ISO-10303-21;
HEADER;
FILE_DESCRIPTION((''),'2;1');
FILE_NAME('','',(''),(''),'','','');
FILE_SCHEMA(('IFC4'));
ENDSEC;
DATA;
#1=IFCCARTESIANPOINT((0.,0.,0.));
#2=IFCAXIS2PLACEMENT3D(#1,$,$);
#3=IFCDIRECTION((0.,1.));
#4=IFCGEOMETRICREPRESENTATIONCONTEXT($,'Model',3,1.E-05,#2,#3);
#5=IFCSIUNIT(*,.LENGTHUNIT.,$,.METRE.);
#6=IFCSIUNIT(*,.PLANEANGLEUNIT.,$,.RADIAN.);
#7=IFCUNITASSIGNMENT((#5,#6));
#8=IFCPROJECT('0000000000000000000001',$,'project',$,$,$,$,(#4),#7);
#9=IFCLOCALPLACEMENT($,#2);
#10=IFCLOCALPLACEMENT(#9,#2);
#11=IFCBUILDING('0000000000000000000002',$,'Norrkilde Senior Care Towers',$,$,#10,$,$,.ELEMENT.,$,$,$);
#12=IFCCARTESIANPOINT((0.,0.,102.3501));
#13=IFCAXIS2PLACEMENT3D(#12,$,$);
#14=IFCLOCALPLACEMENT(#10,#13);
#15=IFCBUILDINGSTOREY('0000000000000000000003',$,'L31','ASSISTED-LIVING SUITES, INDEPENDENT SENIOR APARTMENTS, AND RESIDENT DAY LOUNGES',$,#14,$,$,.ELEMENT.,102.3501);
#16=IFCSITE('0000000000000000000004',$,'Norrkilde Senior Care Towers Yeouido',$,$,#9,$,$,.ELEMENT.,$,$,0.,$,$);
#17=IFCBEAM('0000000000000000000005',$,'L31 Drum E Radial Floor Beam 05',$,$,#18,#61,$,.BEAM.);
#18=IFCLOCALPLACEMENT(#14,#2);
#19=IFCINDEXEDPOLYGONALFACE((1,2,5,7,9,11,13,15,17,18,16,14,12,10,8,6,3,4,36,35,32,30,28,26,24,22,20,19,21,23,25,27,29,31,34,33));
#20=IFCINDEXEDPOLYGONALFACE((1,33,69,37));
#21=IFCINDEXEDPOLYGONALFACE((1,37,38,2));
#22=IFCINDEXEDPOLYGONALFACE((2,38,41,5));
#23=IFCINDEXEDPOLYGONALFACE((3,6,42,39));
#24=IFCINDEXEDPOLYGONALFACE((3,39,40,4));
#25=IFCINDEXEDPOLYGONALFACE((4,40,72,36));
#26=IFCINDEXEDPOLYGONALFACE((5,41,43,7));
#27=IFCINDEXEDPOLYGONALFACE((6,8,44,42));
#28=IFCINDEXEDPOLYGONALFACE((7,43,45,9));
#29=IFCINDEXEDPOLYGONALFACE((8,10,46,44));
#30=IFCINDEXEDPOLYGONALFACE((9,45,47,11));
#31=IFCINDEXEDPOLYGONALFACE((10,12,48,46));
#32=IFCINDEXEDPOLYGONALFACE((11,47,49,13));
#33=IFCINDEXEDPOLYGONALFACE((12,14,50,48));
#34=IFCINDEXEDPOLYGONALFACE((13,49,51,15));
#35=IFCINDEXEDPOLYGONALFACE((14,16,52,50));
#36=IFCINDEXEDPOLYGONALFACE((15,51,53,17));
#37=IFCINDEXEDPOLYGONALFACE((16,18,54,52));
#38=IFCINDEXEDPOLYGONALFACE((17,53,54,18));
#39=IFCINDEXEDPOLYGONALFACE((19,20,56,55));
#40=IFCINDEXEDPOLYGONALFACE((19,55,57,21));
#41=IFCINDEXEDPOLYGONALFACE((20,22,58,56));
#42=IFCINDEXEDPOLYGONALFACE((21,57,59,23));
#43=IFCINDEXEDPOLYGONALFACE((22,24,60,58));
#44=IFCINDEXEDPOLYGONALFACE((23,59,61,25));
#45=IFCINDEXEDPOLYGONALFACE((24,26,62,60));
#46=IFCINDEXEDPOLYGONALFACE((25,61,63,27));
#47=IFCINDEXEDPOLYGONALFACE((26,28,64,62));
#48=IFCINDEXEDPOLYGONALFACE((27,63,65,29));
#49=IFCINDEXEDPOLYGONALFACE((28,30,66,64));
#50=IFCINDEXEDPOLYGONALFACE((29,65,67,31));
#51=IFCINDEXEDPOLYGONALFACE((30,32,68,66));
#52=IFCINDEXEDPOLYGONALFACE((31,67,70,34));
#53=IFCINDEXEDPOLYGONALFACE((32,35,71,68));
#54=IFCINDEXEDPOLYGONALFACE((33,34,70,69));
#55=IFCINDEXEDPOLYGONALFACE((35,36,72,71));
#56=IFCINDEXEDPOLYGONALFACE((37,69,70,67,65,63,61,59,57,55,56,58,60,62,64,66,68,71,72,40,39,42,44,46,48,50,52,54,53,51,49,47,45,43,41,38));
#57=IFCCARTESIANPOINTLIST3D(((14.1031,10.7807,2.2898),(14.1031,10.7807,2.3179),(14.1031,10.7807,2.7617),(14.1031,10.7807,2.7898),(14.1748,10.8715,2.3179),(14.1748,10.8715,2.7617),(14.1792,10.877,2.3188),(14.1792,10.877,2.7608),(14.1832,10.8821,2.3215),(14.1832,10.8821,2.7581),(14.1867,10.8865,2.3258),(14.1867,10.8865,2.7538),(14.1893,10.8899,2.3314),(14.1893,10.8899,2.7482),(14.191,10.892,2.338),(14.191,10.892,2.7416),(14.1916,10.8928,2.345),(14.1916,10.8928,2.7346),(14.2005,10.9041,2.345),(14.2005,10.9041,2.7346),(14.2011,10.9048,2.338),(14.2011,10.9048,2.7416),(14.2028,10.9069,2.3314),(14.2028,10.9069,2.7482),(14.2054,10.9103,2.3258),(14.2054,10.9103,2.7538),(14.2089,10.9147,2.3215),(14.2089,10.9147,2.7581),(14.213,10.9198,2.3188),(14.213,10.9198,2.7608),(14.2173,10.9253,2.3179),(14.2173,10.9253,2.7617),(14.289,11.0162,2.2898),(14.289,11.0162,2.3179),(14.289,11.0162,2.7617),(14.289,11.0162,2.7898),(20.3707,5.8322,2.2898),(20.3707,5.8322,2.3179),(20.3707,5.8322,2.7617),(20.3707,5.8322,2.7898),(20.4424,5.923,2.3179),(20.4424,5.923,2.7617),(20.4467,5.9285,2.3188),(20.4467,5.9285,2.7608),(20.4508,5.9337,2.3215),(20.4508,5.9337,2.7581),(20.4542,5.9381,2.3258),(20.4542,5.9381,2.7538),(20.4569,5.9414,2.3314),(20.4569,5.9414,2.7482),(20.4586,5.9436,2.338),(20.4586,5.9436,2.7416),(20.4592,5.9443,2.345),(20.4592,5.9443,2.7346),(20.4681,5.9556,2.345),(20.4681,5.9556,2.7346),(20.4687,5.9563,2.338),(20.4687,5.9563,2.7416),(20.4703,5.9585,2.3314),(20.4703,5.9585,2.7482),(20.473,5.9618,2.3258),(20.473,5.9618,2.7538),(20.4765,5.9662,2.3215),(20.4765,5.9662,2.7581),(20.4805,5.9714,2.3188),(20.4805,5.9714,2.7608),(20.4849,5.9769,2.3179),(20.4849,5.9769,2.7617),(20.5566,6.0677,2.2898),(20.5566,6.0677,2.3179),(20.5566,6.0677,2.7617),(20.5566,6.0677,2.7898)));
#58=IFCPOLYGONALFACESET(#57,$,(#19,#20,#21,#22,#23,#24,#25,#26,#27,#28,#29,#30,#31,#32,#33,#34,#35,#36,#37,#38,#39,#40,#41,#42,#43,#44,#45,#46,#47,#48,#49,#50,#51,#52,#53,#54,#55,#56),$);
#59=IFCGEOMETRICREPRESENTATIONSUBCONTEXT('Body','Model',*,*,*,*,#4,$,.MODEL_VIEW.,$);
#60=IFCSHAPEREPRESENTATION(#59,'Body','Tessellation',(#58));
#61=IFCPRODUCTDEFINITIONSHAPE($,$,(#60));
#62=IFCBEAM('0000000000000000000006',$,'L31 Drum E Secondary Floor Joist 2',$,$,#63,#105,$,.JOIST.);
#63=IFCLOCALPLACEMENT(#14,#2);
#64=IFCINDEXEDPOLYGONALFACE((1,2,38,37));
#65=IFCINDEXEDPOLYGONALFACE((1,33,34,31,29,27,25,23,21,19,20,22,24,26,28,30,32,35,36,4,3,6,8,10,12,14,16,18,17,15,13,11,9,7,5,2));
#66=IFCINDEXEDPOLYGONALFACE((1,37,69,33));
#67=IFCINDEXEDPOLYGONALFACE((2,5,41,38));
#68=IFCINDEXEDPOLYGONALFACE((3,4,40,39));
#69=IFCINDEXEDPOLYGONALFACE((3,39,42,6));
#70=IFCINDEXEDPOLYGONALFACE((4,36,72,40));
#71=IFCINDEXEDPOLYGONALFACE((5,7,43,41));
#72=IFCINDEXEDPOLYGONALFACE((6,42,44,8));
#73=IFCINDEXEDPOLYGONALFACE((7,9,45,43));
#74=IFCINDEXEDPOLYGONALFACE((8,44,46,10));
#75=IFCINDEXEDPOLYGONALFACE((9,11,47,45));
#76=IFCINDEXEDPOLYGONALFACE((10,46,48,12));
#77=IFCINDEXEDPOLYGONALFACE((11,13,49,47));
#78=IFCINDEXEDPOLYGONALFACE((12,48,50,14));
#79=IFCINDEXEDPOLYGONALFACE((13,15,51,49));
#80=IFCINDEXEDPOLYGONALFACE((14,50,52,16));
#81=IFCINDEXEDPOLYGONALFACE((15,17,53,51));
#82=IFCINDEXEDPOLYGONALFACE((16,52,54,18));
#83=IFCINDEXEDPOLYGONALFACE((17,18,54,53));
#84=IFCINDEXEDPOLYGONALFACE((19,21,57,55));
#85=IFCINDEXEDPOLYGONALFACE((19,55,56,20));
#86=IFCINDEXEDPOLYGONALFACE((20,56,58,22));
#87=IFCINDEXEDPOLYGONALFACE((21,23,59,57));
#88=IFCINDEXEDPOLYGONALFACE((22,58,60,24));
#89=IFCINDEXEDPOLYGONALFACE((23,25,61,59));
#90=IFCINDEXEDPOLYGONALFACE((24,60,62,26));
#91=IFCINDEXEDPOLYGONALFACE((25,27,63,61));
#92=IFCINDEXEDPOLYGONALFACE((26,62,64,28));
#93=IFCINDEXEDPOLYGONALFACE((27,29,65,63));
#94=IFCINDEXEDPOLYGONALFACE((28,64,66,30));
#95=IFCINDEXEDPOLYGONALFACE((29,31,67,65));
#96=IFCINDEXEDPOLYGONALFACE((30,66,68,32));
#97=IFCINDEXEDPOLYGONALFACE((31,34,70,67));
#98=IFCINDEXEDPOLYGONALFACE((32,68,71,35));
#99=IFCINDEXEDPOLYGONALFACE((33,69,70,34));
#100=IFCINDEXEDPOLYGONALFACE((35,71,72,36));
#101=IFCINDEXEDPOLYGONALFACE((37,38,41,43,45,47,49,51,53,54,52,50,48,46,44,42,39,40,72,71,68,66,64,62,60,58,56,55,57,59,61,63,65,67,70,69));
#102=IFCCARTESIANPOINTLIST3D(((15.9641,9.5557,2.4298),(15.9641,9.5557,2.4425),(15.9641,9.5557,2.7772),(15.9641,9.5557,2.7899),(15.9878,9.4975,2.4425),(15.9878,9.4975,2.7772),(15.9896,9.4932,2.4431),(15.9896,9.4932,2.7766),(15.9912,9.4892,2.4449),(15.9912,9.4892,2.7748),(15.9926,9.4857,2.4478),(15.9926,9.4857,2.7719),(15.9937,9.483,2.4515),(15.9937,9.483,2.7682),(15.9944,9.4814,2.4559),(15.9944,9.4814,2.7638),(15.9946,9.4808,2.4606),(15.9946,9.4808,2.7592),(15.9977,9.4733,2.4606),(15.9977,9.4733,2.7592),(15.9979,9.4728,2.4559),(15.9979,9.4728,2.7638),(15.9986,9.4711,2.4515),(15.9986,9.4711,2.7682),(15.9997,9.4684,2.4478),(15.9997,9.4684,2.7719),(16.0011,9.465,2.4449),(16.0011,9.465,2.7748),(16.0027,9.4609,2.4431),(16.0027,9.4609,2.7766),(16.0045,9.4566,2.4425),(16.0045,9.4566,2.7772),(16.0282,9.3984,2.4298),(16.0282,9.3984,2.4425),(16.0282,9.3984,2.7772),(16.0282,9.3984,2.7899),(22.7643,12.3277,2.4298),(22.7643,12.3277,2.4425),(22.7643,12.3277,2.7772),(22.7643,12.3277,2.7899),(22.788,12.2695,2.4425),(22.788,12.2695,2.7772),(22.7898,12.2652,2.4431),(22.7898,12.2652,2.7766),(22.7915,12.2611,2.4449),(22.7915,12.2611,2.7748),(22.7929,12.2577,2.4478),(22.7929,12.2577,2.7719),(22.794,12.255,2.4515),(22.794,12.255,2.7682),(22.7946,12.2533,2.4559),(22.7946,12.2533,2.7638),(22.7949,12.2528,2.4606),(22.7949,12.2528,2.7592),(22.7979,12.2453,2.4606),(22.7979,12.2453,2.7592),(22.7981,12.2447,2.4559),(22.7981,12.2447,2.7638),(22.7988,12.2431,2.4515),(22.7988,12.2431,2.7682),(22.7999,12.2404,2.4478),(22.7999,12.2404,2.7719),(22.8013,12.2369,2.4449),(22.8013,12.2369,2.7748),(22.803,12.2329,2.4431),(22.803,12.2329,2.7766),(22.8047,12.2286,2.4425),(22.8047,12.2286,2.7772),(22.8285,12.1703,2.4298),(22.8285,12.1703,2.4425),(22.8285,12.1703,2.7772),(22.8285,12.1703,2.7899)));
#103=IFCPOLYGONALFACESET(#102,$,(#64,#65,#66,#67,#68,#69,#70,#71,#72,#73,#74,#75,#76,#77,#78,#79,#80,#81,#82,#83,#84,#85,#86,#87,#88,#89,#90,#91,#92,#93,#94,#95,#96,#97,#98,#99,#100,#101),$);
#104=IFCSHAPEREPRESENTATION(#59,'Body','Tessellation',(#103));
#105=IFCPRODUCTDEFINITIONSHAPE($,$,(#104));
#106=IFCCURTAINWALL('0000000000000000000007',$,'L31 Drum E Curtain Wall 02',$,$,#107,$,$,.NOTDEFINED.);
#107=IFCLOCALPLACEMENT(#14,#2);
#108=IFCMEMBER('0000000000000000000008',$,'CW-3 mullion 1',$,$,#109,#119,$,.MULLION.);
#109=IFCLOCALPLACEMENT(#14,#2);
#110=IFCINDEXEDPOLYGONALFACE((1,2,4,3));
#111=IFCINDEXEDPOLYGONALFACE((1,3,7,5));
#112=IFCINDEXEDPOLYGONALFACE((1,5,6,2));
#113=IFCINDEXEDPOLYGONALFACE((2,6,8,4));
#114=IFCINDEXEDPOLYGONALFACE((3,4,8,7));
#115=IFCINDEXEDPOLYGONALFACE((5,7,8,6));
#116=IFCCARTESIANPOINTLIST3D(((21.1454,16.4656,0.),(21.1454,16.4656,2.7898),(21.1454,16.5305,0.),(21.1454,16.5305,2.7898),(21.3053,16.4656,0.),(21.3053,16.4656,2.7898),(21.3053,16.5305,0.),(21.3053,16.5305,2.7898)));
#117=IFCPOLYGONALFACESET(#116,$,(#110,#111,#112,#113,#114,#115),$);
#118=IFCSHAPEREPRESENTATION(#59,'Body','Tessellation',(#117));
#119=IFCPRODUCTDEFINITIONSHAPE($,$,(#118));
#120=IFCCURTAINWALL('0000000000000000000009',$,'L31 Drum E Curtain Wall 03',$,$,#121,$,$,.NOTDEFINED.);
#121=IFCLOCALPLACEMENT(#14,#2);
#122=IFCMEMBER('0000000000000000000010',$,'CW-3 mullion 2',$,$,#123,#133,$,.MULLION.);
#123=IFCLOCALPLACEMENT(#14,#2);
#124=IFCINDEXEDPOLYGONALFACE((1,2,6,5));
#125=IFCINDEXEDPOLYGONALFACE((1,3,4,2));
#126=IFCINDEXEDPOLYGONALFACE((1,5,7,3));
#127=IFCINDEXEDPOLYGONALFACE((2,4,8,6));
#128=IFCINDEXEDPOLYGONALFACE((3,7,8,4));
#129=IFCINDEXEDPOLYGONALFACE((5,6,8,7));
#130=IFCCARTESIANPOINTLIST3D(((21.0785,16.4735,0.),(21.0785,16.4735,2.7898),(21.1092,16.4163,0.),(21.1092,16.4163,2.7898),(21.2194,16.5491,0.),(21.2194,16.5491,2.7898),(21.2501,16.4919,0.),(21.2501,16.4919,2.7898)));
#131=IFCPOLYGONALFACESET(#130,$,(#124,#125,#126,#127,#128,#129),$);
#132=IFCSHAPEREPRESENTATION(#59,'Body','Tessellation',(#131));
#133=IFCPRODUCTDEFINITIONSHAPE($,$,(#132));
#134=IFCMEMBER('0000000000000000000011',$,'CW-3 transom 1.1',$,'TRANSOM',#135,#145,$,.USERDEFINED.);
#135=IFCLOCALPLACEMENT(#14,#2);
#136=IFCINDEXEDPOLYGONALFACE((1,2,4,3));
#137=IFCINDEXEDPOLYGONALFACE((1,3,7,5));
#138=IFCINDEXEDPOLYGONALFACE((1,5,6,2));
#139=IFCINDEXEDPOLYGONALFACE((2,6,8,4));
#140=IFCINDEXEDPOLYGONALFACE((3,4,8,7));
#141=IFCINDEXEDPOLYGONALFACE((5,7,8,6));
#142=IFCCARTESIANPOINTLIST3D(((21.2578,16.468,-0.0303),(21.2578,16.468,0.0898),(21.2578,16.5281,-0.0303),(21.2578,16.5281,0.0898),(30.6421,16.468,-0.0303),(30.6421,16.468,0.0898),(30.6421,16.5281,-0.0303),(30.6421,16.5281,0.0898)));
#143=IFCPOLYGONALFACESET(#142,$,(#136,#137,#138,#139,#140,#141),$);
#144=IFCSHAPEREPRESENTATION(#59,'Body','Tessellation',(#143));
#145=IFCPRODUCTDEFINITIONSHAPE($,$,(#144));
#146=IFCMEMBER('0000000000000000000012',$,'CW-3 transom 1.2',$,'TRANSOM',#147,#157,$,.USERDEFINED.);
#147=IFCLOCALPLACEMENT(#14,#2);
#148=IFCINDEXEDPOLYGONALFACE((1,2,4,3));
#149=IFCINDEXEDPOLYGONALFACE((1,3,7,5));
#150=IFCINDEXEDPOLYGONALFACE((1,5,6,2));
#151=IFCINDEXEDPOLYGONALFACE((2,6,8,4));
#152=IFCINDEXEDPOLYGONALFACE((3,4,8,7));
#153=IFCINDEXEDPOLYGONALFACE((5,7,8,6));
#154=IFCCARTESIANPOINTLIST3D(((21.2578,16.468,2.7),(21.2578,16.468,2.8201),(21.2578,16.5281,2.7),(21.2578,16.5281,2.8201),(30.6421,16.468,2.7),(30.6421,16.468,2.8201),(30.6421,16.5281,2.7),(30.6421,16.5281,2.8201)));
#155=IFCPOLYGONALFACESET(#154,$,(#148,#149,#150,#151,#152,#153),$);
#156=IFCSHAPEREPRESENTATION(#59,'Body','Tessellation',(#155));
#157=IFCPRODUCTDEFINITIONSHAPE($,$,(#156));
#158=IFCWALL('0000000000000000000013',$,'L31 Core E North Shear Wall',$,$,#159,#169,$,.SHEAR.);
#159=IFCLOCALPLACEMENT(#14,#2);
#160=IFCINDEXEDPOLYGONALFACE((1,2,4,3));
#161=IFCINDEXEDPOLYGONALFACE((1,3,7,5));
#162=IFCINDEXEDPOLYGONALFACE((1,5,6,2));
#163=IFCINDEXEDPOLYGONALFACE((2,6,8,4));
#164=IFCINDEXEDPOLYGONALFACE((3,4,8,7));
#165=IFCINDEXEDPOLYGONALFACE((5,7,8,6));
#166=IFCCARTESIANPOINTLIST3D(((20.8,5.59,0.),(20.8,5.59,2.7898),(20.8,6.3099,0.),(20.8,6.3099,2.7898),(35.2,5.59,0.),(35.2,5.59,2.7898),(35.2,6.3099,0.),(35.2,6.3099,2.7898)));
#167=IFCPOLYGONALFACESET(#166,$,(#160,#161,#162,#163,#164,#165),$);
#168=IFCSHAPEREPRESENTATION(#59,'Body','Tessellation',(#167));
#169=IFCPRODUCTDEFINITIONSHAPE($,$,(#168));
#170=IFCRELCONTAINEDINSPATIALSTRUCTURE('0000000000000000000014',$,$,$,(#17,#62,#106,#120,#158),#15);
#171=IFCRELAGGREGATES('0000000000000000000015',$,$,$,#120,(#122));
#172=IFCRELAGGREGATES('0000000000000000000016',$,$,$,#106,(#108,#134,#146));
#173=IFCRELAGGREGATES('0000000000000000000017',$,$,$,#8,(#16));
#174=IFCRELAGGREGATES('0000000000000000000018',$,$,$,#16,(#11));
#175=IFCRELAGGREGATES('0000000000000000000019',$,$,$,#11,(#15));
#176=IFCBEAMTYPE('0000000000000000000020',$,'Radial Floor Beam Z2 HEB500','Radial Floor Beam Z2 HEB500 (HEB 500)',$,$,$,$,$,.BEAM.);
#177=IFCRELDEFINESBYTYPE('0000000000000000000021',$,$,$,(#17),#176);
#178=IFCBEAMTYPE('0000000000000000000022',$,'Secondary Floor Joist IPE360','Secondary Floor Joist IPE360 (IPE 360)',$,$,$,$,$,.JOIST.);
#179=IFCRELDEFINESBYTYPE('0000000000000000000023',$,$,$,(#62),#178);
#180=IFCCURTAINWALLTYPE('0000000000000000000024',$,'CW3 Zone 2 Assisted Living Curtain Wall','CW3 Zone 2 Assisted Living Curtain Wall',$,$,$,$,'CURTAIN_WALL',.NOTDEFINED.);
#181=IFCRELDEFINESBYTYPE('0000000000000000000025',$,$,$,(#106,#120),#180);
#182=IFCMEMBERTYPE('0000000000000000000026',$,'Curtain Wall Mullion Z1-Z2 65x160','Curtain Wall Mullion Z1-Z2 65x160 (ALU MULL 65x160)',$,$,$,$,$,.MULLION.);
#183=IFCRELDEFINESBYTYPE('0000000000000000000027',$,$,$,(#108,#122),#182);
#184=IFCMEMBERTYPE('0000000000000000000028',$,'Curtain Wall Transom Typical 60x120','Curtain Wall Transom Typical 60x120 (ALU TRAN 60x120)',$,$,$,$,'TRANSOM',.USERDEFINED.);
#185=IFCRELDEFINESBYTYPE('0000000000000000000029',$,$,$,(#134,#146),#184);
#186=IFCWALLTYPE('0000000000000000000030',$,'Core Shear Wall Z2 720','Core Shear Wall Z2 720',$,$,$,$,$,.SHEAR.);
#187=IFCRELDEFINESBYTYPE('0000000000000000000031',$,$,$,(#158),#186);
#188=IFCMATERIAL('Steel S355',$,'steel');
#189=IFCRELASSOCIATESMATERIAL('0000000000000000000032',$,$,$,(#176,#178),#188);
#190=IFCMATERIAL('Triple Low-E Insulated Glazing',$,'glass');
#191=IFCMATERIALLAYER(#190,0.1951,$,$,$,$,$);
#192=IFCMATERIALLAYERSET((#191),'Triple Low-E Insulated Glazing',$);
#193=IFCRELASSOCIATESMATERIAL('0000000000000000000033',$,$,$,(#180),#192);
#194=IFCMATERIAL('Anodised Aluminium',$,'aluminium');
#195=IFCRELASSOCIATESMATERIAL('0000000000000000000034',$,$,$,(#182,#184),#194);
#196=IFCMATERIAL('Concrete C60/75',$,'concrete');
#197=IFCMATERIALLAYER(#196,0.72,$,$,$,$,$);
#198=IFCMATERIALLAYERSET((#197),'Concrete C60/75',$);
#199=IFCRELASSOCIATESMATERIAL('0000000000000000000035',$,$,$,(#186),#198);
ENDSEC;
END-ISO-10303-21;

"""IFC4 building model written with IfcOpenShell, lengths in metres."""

from ifc_helpers import new_model, si_unit, direction, frame, frame_2d, origin, origin_2d, place, context, subcontext, project, spatial, rectangle, i_section, extrude, source, transform, mapped, material, layer, layer_set, material_profile, profile_set, type_object, type_shapes, element, aggregate, save


model = new_model("IFC4")

# Units and contexts
model_context = context("Model", 3, precision=1e-05, world=origin(), true_north=direction((0.0, 1.0)))
body_context = subcontext(model_context, "Body", "Model", "MODEL_VIEW")
ifc_project = project(units=[si_unit("LENGTHUNIT", "METRE"), si_unit("PLANEANGLEUNIT", "RADIAN")], contexts=[model_context])

# Site, building, storey
site_placement = place(None, origin())
site = spatial("IfcSite", under=ifc_project, at=site_placement, Name="Norrkilde Senior Care Towers Yeouido", CompositionType="ELEMENT", RefElevation=0.0)
building_placement = place(site_placement, origin())
building = spatial("IfcBuilding", under=site, at=building_placement, Name="Norrkilde Senior Care Towers", CompositionType="ELEMENT")
storey_placement = place(building_placement, frame((0.0, 0.0, 102.3501)))
storey = spatial("IfcBuildingStorey", under=building, at=storey_placement, Name="L31", Description="ASSISTED-LIVING SUITES, INDEPENDENT SENIOR APARTMENTS, AND RESIDENT DAY LOUNGES", CompositionType="ELEMENT", Elevation=102.3501)

# Shared definitions
ifc_material_1 = material(Name="Concrete C60/75", Category="concrete")

# Beams
ifc_material_2 = material(Name="Steel S355", Category="steel")
ifc_material_profile_1 = material_profile(ifc_material_2, i_section(OverallWidth=0.3, OverallDepth=0.5, WebThickness=0.0144, FlangeThickness=0.0281, FilletRadius=0.0271, at=origin_2d()), Name="HEB 500")
ifc_profile_set_1 = profile_set([ifc_material_profile_1], Name="Steel S355")
beam_type_1 = type_object("IfcBeamType", Name="Radial Floor Beam Z2 HEB500", Description="Radial Floor Beam Z2 HEB500 (HEB 500)", PredefinedType="BEAM", material=ifc_profile_set_1)
shared_shape_1 = source(origin(), body_context, "Body", "SweptSolid", [
    extrude(i_section(OverallWidth=0.3, OverallDepth=0.5, WebThickness=0.0144, FlangeThickness=0.0281, FilletRadius=0.0271, at=origin_2d()), origin(), (0.0, 0.0, 1.0), 7.9856),
])
beam_1_placement = place(storey_placement, frame((20.4636, 5.95, 2.5398), z_axis=(-0.784859, 0.619675, 0.0), x_axis=(-0.619675, -0.784859, 0.0)))
element("IfcBeam", 1, at=beam_1_placement, inside=storey, type_object=beam_type_1, Name="L31 Drum E Radial Floor Beam 05", PredefinedType="BEAM", context=body_context, shape_type="MappedRepresentation", body=[
    mapped(shared_shape_1, transform((0.0, 0.0, 0.0), x_axis=(1.0, 0.0, 0.0), y_axis=(0.0, 1.0, 0.0), z_axis=(0.0, 0.0, 1.0), scale=1.0)),
])
ifc_material_profile_2 = material_profile(ifc_material_2, i_section(OverallWidth=0.1699, OverallDepth=0.3601, WebThickness=0.0081, FlangeThickness=0.0127, FilletRadius=0.0181, at=origin_2d()), Name="IPE 360")
ifc_profile_set_2 = profile_set([ifc_material_profile_2], Name="Steel S355")
beam_type_2 = type_object("IfcBeamType", Name="Secondary Floor Joist IPE360", Description="Secondary Floor Joist IPE360 (IPE 360)", PredefinedType="JOIST", material=ifc_profile_set_2)
shared_shape_2 = source(origin(), body_context, "Body", "SweptSolid", [
    extrude(i_section(OverallWidth=0.1699, OverallDepth=0.3601, WebThickness=0.0081, FlangeThickness=0.0127, FilletRadius=0.0181, at=origin_2d()), origin(), (0.0, 0.0, 1.0), 7.3435),
])
type_shapes(beam_type_2, [shared_shape_2])
beam_2_placement = place(storey_placement, frame((22.7964, 12.249, 2.6099), z_axis=(-0.926022, -0.37747, 0.0), x_axis=(0.37747, -0.926022, 0.0)))
element("IfcBeam", 2, at=beam_2_placement, inside=storey, type_object=beam_type_2, Name="L31 Drum E Secondary Floor Joist 2", PredefinedType="JOIST", context=body_context, shape_type="MappedRepresentation", body=[
    mapped(shared_shape_2, transform((0.0, 0.0, 0.0), x_axis=(1.0, 0.0, 0.0), y_axis=(0.0, 1.0, 0.0), z_axis=(0.0, 0.0, 1.0), scale=1.0)),
])

# Curtain walls, members
ifc_material_3 = material(Name="Triple Low-E Insulated Glazing", Category="glass")
ifc_layer_1 = layer(ifc_material_3, 0.1951)
ifc_layer_set_1 = layer_set([ifc_layer_1], Name="Triple Low-E Insulated Glazing")
curtain_wall_type = type_object("IfcCurtainWallType", Name="CW3 Zone 2 Assisted Living Curtain Wall", Description="CW3 Zone 2 Assisted Living Curtain Wall", ElementType="CURTAIN_WALL", PredefinedType="NOTDEFINED", material=ifc_layer_set_1)
curtain_wall_1_placement = place(storey_placement, origin())
curtain_wall_1 = element("IfcCurtainWall", 3, at=curtain_wall_1_placement, inside=storey, type_object=curtain_wall_type, Name="L31 Drum E Curtain Wall 02", PredefinedType="NOTDEFINED")
ifc_material_4 = material(Name="Anodised Aluminium", Category="aluminium")
ifc_material_profile_3 = material_profile(ifc_material_4, rectangle(XDim=0.0649, YDim=0.1599, at=origin_2d()), Name="ALU MULL 65x160")
ifc_profile_set_3 = profile_set([ifc_material_profile_3], Name="Anodised Aluminium")
member_type_1 = type_object("IfcMemberType", Name="Curtain Wall Mullion Z1-Z2 65x160", Description="Curtain Wall Mullion Z1-Z2 65x160 (ALU MULL 65x160)", PredefinedType="MULLION", material=ifc_profile_set_3)
shared_shape_3 = source(origin(), body_context, "Body", "SweptSolid", [
    extrude(rectangle(XDim=0.0649, YDim=0.1599, at=origin_2d()), origin(), (0.0, 0.0, 1.0), 2.7898),
])
type_shapes(member_type_1, [shared_shape_3])
member_1_placement = place(storey_placement, frame((21.2253, 16.498, 0.0), z_axis=(0.0, 0.0, 1.0), x_axis=(0.0, 1.0, 0.0)))
member_1 = element("IfcMember", 4, at=member_1_placement, type_object=member_type_1, Name="CW-3 mullion 1", PredefinedType="MULLION", context=body_context, shape_type="MappedRepresentation", body=[
    mapped(shared_shape_3, transform((0.0, 0.0, 0.0), x_axis=(1.0, 0.0, 0.0), y_axis=(0.0, 1.0, 0.0), z_axis=(0.0, 0.0, 1.0), scale=1.0)),
])
curtain_wall_2_placement = place(storey_placement, origin())
curtain_wall_2 = element("IfcCurtainWall", 5, at=curtain_wall_2_placement, inside=storey, type_object=curtain_wall_type, Name="L31 Drum E Curtain Wall 03", PredefinedType="NOTDEFINED")
member_2_placement = place(storey_placement, frame((21.1643, 16.4827, 0.0), z_axis=(0.0, 0.0, 1.0), x_axis=(-0.472769, 0.881186, 0.0)))
member_2 = element("IfcMember", 6, at=member_2_placement, type_object=member_type_1, Name="CW-3 mullion 2", PredefinedType="MULLION", context=body_context, shape_type="MappedRepresentation", body=[
    mapped(shared_shape_3, transform((0.0, 0.0, 0.0), x_axis=(1.0, 0.0, 0.0), y_axis=(0.0, 1.0, 0.0), z_axis=(0.0, 0.0, 1.0), scale=1.0)),
])
aggregate(curtain_wall_2, [member_2])

# Members
ifc_material_profile_4 = material_profile(ifc_material_4, rectangle(XDim=0.0601, YDim=0.1201, at=origin_2d()), Name="ALU TRAN 60x120")
ifc_profile_set_4 = profile_set([ifc_material_profile_4], Name="Anodised Aluminium")
member_type_2 = type_object("IfcMemberType", Name="Curtain Wall Transom Typical 60x120", Description="Curtain Wall Transom Typical 60x120 (ALU TRAN 60x120)", ElementType="TRANSOM", PredefinedType="USERDEFINED", material=ifc_profile_set_4)
shared_shape_4 = source(origin(), body_context, "Body", "SweptSolid", [
    extrude(rectangle(XDim=0.0601, YDim=0.1201, at=origin_2d()), origin(), (0.0, 0.0, 1.0), 9.3843),
])
type_shapes(member_type_2, [shared_shape_4])
member_3_placement = place(storey_placement, frame((21.2578, 16.498, 0.0298), z_axis=(1.0, 0.0, 0.0), x_axis=(0.0, 1.0, 0.0)))
member_3 = element("IfcMember", 7, at=member_3_placement, type_object=member_type_2, Name="CW-3 transom 1.1", ObjectType="TRANSOM", PredefinedType="USERDEFINED", context=body_context, shape_type="MappedRepresentation", body=[
    mapped(shared_shape_4, transform((0.0, 0.0, 0.0), x_axis=(1.0, 0.0, 0.0), y_axis=(0.0, 1.0, 0.0), z_axis=(0.0, 0.0, 1.0), scale=1.0)),
])
member_4_placement = place(storey_placement, frame((21.2578, 16.498, 2.76), z_axis=(1.0, 0.0, 0.0), x_axis=(0.0, 1.0, 0.0)))
member_4 = element("IfcMember", 8, at=member_4_placement, type_object=member_type_2, Name="CW-3 transom 1.2", ObjectType="TRANSOM", PredefinedType="USERDEFINED", context=body_context, shape_type="MappedRepresentation", body=[
    mapped(shared_shape_4, transform((0.0, 0.0, 0.0), x_axis=(1.0, 0.0, 0.0), y_axis=(0.0, 1.0, 0.0), z_axis=(0.0, 0.0, 1.0), scale=1.0)),
])
aggregate(curtain_wall_1, [member_1, member_3, member_4])

# Wall
ifc_layer_2 = layer(ifc_material_1, 0.72)
ifc_layer_set_2 = layer_set([ifc_layer_2], Name="Concrete C60/75")
wall_type_1 = type_object("IfcWallType", Name="Core Shear Wall Z2 720", Description="Core Shear Wall Z2 720", PredefinedType="SHEAR", material=ifc_layer_set_2)
shared_shape_5 = source(origin(), body_context, "Body", "SweptSolid", [
    extrude(rectangle(XDim=14.3999, YDim=0.72, at=frame_2d((7.2, 0.0))), origin(), (0.0, 0.0, 1.0), 2.7898),
])
type_shapes(wall_type_1, [shared_shape_5])
wall_1_placement = place(storey_placement, frame((20.8, 5.95, 0.0), z_axis=(0.0, 0.0, 1.0), x_axis=(1.0, 0.0, 0.0)))
element("IfcWall", 9, at=wall_1_placement, inside=storey, type_object=wall_type_1, Name="L31 Core E North Shear Wall", PredefinedType="SHEAR", context=body_context, shape_type="MappedRepresentation", body=[
    mapped(shared_shape_5, transform((0.0, 0.0, 0.0), x_axis=(1.0, 0.0, 0.0), y_axis=(0.0, 1.0, 0.0), z_axis=(0.0, 0.0, 1.0), scale=1.0)),
])

save(model, "model.ifc")
